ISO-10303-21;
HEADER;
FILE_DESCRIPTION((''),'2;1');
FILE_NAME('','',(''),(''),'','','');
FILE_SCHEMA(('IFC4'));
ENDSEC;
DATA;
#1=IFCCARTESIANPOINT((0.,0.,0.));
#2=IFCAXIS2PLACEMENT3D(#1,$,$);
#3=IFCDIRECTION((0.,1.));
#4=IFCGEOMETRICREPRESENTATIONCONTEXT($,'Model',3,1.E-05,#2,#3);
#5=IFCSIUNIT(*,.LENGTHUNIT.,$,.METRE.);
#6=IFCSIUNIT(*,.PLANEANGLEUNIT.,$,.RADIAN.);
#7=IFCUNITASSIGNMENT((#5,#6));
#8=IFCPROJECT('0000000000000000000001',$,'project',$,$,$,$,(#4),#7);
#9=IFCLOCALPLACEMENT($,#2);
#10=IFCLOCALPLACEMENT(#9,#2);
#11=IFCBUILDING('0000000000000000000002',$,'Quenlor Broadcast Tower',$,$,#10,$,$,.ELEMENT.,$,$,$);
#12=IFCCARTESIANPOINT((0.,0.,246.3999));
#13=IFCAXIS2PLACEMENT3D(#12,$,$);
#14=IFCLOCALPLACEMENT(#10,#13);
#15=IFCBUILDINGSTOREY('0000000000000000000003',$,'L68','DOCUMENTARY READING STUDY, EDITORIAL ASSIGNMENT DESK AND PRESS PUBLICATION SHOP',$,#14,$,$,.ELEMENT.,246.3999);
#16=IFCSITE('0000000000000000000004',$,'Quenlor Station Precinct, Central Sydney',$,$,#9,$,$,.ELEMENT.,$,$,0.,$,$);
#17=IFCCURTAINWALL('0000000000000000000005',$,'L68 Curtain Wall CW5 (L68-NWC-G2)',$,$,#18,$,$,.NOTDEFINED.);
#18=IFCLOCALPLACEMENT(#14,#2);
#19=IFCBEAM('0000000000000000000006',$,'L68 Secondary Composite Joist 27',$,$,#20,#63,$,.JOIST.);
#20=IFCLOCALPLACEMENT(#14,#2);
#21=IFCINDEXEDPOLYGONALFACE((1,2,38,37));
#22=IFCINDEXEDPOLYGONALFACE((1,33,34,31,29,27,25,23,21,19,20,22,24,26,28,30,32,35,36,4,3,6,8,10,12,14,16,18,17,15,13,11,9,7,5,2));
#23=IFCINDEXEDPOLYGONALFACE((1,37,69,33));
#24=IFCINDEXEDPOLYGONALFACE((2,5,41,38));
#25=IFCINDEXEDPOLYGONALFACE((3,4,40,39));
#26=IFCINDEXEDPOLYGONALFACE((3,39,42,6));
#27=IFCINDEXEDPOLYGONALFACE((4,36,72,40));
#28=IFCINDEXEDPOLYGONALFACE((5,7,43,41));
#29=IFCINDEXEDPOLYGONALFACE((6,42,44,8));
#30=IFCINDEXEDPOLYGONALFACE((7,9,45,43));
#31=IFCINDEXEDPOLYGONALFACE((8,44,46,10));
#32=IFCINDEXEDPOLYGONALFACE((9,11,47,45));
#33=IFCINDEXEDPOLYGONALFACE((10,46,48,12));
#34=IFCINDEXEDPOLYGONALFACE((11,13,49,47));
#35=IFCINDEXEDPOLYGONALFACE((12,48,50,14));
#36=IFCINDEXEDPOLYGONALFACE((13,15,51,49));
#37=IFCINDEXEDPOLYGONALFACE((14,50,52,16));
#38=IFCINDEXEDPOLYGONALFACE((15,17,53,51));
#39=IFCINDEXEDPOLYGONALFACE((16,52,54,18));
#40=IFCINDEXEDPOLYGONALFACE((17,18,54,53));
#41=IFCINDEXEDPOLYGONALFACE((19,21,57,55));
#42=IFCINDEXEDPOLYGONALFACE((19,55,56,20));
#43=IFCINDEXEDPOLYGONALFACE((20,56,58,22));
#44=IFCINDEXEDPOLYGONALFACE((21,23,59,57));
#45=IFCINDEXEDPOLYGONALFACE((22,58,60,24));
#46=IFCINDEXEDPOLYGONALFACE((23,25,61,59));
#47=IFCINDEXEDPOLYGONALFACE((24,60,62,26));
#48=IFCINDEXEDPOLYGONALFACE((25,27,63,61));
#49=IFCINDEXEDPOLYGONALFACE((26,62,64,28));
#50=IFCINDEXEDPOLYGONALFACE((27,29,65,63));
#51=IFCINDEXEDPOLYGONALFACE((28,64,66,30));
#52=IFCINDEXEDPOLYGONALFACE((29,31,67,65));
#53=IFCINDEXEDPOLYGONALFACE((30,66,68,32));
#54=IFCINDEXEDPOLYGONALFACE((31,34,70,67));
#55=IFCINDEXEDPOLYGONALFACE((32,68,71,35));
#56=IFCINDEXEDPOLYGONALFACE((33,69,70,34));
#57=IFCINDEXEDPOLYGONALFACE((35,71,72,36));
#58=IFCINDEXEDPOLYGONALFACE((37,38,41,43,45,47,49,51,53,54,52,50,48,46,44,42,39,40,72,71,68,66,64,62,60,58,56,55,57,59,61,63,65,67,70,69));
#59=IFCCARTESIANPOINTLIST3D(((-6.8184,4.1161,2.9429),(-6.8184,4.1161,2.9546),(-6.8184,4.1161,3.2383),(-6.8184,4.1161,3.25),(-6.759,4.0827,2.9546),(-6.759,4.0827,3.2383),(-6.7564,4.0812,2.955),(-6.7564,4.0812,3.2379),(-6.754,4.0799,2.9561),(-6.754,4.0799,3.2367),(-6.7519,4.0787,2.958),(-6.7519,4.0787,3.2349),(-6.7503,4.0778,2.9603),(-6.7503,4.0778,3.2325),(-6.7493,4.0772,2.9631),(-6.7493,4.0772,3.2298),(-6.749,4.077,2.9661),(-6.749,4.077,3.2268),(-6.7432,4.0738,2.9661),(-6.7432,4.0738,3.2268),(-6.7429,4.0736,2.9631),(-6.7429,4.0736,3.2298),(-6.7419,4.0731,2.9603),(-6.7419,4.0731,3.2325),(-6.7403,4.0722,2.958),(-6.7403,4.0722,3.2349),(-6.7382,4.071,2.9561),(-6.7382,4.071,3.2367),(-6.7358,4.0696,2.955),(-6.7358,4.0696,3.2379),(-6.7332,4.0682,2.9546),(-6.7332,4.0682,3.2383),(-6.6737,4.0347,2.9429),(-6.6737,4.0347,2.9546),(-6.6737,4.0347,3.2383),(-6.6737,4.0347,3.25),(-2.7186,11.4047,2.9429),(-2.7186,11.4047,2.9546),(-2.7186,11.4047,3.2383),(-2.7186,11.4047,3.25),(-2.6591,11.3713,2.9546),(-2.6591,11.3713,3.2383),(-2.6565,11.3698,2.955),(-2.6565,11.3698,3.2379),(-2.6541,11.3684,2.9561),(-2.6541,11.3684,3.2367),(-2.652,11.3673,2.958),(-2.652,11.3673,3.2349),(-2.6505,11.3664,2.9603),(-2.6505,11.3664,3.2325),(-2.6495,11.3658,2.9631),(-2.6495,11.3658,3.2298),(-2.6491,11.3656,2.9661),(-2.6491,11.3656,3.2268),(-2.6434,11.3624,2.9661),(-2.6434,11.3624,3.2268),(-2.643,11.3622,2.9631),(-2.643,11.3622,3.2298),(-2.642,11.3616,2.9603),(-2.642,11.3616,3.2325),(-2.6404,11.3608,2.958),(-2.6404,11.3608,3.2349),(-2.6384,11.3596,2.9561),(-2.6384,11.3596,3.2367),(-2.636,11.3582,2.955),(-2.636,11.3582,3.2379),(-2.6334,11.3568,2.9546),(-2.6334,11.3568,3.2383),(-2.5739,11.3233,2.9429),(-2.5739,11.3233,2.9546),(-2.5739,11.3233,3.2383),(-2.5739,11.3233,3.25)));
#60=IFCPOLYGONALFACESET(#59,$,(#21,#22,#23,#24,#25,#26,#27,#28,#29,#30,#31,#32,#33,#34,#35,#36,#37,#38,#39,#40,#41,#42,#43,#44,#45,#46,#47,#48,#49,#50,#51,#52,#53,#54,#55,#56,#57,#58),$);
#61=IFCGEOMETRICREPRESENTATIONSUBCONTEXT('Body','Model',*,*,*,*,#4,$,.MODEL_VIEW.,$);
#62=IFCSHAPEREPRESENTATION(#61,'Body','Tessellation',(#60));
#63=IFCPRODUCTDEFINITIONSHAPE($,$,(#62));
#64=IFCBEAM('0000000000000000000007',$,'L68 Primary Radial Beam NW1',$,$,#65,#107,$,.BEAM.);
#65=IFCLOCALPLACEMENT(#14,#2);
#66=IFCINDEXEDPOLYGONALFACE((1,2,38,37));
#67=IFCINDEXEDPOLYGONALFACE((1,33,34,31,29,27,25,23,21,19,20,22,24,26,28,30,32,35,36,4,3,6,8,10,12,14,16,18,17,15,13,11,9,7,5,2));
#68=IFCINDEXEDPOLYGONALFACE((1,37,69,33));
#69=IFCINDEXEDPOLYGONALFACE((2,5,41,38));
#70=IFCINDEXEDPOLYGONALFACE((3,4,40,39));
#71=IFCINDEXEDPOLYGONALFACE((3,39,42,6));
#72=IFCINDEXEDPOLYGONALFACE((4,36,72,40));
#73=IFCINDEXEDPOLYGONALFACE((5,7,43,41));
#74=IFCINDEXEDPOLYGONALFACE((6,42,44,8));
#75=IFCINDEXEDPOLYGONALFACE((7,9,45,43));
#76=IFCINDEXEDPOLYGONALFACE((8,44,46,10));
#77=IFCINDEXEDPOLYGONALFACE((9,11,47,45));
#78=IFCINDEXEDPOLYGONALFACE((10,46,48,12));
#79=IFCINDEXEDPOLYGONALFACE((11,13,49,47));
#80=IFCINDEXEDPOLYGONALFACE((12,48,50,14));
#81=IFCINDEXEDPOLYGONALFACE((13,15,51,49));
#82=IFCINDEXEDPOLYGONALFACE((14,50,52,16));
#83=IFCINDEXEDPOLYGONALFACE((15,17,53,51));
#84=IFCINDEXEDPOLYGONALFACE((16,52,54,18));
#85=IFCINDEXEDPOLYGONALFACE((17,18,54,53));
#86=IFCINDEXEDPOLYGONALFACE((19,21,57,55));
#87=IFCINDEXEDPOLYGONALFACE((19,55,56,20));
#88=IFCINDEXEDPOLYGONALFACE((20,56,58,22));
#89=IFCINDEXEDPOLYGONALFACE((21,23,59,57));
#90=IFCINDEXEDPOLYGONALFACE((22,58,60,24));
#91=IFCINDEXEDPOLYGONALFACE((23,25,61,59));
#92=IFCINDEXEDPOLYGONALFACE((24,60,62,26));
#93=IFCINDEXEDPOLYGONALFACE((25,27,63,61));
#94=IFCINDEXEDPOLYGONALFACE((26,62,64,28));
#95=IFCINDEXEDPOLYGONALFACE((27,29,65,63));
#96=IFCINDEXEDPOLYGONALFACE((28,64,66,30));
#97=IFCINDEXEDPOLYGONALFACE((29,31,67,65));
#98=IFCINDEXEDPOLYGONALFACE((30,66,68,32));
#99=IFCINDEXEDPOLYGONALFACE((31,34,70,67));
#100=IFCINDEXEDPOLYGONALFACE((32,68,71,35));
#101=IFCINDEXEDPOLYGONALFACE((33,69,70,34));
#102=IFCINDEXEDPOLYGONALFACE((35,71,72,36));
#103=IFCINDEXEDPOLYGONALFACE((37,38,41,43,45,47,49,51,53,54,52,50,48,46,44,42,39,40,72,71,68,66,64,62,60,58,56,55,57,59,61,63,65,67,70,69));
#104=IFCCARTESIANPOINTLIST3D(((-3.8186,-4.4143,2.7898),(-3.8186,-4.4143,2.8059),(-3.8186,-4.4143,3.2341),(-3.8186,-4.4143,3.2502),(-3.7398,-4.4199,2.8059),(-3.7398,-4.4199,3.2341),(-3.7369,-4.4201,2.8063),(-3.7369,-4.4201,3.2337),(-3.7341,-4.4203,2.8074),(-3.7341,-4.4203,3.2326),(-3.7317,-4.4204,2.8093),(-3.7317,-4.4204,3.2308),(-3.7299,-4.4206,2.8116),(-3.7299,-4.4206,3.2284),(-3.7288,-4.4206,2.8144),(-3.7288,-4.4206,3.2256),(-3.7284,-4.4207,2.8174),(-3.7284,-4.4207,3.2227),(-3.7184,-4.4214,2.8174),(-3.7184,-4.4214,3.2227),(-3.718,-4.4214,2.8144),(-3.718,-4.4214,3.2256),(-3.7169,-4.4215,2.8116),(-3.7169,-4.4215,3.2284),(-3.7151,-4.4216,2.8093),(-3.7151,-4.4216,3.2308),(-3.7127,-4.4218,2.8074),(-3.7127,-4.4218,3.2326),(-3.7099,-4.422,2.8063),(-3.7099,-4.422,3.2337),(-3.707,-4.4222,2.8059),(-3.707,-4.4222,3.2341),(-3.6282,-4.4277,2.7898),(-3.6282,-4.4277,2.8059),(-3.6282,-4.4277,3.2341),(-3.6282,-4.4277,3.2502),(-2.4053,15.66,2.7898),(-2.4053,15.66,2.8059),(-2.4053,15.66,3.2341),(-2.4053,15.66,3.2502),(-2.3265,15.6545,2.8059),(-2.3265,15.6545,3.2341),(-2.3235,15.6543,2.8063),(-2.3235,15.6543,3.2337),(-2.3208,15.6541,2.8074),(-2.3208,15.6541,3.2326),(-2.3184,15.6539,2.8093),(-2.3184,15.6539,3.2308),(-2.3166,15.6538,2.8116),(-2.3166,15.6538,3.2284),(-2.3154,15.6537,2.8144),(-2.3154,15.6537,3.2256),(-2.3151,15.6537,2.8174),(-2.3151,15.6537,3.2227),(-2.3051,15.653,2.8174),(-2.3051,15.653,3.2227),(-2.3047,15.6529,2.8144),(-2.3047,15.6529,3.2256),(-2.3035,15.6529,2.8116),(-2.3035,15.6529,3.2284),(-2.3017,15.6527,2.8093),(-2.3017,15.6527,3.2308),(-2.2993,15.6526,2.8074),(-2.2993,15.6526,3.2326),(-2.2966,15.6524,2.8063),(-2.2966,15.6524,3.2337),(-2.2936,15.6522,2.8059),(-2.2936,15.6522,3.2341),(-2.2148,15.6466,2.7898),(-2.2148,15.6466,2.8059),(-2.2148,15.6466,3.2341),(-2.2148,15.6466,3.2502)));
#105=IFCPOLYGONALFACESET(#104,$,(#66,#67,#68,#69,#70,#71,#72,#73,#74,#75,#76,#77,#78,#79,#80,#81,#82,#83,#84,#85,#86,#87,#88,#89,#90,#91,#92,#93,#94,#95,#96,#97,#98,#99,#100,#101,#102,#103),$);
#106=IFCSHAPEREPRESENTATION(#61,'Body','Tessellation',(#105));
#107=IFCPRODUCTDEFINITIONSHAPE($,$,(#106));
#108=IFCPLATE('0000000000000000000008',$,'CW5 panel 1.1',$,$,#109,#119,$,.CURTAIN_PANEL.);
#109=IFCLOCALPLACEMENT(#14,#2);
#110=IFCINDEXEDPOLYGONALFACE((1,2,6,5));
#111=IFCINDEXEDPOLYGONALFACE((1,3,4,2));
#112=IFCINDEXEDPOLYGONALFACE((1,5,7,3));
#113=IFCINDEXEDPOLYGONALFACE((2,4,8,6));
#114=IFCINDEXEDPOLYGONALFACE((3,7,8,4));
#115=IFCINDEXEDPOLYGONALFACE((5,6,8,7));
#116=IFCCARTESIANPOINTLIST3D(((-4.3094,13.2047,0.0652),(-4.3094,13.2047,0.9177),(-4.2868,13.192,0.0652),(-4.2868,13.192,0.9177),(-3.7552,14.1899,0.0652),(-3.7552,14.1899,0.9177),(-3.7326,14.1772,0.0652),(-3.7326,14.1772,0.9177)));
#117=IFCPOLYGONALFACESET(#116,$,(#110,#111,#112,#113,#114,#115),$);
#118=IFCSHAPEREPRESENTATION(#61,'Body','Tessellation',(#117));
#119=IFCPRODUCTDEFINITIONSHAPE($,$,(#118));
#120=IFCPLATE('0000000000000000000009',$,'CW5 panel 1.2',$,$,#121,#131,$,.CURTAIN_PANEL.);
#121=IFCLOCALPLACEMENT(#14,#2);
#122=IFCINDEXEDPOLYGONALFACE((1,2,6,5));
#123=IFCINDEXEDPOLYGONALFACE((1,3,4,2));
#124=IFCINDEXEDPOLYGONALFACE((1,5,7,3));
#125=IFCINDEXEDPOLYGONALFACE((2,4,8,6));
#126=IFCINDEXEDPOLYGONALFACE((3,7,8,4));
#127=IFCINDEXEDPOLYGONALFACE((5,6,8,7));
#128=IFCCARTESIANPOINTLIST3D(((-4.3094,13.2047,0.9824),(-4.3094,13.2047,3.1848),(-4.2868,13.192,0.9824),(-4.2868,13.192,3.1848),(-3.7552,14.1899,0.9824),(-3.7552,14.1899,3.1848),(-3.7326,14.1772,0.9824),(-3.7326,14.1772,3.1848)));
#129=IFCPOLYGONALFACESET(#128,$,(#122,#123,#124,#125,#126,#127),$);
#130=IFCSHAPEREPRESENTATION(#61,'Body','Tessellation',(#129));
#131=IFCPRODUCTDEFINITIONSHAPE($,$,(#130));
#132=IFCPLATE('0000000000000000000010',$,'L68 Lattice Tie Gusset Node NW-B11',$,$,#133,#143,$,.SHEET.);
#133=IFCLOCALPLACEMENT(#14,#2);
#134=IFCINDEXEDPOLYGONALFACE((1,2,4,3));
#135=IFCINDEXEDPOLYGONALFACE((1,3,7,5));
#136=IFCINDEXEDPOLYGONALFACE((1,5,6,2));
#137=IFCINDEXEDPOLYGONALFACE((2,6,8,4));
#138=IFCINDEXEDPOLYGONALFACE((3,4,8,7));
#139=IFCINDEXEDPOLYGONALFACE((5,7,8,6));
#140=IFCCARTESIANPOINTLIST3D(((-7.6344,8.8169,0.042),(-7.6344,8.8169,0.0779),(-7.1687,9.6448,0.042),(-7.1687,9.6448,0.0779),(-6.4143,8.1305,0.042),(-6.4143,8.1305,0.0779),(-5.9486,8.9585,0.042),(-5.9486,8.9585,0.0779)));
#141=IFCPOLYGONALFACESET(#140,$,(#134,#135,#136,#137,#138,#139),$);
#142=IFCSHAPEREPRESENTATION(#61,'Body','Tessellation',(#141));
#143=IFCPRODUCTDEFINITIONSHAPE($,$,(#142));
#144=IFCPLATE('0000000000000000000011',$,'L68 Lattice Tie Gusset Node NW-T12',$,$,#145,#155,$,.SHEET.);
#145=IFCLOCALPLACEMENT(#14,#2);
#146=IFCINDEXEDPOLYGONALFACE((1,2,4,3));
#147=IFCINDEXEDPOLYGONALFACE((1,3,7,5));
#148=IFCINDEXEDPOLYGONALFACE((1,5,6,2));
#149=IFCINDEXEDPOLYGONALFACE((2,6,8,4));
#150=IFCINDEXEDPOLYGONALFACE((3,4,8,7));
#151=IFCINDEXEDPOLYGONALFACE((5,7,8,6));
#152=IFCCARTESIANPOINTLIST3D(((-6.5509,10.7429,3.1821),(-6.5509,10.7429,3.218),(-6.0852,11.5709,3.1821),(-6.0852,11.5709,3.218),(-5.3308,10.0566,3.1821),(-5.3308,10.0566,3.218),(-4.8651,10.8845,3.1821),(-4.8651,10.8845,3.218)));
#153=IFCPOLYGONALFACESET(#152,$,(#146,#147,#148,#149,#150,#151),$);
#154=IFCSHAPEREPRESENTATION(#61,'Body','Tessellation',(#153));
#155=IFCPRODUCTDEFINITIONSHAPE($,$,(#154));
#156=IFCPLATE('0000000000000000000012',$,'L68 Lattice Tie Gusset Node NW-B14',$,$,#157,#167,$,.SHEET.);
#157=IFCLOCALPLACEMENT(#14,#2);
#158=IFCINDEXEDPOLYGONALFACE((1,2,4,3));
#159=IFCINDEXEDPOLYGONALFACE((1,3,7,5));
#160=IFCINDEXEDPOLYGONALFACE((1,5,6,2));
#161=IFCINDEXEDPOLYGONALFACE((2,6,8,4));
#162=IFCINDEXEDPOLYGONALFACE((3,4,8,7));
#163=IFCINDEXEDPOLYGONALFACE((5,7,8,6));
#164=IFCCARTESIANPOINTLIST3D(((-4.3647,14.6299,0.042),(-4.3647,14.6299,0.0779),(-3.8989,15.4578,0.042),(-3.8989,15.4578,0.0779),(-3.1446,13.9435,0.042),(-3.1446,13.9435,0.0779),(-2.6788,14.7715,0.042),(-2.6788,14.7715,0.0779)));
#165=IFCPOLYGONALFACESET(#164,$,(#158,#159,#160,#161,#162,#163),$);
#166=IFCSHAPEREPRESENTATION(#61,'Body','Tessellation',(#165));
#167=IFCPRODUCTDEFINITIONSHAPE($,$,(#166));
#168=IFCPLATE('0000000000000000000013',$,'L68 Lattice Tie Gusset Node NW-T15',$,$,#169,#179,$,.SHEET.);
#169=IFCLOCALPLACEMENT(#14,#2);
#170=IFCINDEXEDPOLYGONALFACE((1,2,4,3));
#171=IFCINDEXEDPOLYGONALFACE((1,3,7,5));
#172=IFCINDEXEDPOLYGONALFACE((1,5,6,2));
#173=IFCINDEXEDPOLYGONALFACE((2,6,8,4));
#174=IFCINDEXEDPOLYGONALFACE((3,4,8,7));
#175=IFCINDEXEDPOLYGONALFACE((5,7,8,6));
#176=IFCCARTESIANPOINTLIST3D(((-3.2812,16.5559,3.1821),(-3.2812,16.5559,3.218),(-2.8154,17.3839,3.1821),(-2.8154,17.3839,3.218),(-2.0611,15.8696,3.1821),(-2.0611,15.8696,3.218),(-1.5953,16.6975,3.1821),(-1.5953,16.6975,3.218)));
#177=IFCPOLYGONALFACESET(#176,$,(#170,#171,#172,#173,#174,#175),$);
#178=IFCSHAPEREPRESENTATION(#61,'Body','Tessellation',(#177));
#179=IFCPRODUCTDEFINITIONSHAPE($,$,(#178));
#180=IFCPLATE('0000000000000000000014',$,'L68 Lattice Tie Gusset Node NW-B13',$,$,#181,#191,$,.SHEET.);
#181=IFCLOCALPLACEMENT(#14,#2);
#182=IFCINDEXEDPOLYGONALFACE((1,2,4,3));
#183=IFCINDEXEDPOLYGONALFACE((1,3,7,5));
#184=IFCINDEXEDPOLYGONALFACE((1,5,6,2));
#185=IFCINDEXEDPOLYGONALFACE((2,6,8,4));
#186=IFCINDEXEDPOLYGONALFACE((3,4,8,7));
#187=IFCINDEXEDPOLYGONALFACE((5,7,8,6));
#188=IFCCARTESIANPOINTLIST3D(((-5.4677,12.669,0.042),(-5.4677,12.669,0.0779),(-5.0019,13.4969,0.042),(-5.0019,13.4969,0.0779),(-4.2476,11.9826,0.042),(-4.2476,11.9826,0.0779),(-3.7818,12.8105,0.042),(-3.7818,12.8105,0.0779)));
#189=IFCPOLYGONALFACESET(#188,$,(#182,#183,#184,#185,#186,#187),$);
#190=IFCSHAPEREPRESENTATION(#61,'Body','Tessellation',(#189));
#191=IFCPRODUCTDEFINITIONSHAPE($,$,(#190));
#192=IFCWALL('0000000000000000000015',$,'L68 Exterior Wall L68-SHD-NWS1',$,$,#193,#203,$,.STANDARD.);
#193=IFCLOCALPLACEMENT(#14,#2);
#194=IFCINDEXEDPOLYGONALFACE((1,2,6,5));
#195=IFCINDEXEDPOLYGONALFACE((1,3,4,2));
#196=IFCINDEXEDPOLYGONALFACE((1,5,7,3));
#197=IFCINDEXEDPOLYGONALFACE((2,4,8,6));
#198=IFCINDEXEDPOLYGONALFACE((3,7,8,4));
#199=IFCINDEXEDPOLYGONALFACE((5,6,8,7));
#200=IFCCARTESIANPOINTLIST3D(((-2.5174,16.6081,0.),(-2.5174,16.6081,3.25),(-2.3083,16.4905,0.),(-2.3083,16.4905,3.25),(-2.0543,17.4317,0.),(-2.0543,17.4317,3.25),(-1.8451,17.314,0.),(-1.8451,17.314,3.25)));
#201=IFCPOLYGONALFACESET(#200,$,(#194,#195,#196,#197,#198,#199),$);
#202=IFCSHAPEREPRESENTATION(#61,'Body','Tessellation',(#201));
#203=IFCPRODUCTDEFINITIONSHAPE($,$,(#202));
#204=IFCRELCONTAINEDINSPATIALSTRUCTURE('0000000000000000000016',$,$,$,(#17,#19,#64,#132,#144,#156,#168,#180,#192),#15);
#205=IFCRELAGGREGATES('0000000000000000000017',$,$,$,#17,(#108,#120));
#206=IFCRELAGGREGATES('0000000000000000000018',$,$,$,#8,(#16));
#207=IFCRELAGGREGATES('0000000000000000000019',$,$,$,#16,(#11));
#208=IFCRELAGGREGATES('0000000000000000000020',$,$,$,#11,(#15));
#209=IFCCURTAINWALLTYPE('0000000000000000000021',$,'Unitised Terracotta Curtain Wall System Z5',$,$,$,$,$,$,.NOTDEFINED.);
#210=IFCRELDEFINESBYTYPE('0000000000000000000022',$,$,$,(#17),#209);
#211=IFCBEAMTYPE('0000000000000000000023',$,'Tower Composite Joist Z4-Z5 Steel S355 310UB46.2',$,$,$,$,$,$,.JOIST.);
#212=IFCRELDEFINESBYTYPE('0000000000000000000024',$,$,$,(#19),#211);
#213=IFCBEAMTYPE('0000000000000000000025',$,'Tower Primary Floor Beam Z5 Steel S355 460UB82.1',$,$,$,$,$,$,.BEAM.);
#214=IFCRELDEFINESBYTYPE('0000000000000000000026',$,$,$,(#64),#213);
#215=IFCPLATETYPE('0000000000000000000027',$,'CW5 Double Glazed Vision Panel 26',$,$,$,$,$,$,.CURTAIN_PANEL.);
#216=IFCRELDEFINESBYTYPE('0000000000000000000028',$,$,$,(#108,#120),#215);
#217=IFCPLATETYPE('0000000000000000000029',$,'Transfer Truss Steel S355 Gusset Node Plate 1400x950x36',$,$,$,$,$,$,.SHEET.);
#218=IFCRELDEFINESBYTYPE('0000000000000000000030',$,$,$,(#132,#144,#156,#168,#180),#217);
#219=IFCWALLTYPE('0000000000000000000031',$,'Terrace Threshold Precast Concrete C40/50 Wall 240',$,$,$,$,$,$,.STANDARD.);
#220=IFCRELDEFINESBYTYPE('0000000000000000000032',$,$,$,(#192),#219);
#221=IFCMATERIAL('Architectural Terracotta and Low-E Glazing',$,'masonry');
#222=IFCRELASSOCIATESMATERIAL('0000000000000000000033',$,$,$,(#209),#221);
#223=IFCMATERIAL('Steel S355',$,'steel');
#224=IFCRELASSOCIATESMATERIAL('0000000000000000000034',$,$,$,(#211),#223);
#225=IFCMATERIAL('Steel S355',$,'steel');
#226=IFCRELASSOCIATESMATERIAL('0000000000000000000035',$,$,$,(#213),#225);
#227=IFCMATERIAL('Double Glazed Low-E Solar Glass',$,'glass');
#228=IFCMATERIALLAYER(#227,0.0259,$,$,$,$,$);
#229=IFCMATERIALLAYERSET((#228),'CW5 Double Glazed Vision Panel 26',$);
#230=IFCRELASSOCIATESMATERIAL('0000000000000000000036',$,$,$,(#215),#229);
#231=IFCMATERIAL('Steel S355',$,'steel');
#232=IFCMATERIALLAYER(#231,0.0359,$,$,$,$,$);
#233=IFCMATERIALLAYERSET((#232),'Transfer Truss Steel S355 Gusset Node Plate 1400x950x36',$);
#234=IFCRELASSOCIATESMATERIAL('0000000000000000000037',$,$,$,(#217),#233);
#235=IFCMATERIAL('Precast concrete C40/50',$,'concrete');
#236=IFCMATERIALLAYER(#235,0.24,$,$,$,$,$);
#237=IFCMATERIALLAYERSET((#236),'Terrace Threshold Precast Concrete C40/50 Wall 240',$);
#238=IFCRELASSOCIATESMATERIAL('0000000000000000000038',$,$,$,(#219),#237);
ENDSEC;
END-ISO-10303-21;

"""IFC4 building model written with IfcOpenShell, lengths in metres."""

from ifc_helpers import new_model, si_unit, direction, frame, frame_2d, origin, origin_2d, place, context, subcontext, project, spatial, rectangle, i_section, extrude, material, layer, layer_set, material_profile, profile_set, type_object, element, aggregate, save


model = new_model("IFC4")

# Units and contexts
model_context = context("Model", 3, precision=1e-05, world=origin(), true_north=direction((0.0, 1.0)))
body_context = subcontext(model_context, "Body", "Model", "MODEL_VIEW")
ifc_project = project(units=[si_unit("LENGTHUNIT", "METRE"), si_unit("PLANEANGLEUNIT", "RADIAN")], contexts=[model_context])

# Site, building, storey
site_placement = place(None, origin())
site = spatial("IfcSite", under=ifc_project, at=site_placement, Name="Quenlor Station Precinct, Central Sydney", CompositionType="ELEMENT", RefElevation=0.0)
building_placement = place(site_placement, origin())
building = spatial("IfcBuilding", under=site, at=building_placement, Name="Quenlor Broadcast Tower", CompositionType="ELEMENT")
storey_placement = place(building_placement, frame((0.0, 0.0, 246.3999)))
storey = spatial("IfcBuildingStorey", under=building, at=storey_placement, Name="L68", Description="DOCUMENTARY READING STUDY, EDITORIAL ASSIGNMENT DESK AND PRESS PUBLICATION SHOP", CompositionType="ELEMENT", Elevation=246.3999)

# Curtain wall
ifc_material_1 = material(Name="Architectural Terracotta and Low-E Glazing", Category="masonry")
curtain_wall_type = type_object("IfcCurtainWallType", Name="Unitised Terracotta Curtain Wall System Z5", PredefinedType="NOTDEFINED", material=ifc_material_1)
curtain_wall_placement = place(storey_placement, origin())
curtain_wall = element("IfcCurtainWall", 1, at=curtain_wall_placement, inside=storey, type_object=curtain_wall_type, Name="L68 Curtain Wall CW5 (L68-NWC-G2)", PredefinedType="NOTDEFINED")

# Beams
ifc_material_2 = material(Name="Steel S355", Category="steel")
ifc_material_profile_1 = material_profile(ifc_material_2, i_section(OverallWidth=0.166, OverallDepth=0.3071, WebThickness=0.0066, FlangeThickness=0.0117, FilletRadius=0.0115, at=origin_2d()))
ifc_profile_set_1 = profile_set([ifc_material_profile_1], Name="Steel S355 310UB46.2")
beam_type_1 = type_object("IfcBeamType", Name="Tower Composite Joist Z4-Z5 Steel S355 310UB46.2", PredefinedType="JOIST", material=ifc_profile_set_1)
beam_1_placement = place(storey_placement, frame((-2.6462, 11.364, 3.0964), z_axis=(-0.490264, -0.871574, 0.0), x_axis=(0.871574, -0.490264, 0.0)))
element("IfcBeam", 2, at=beam_1_placement, inside=storey, type_object=beam_type_1, Name="L68 Secondary Composite Joist 27", PredefinedType="JOIST", context=body_context, shape_type="SweptSolid", body=[
    extrude(i_section(OverallWidth=0.166, OverallDepth=0.3071, WebThickness=0.0066, FlangeThickness=0.0117, FilletRadius=0.0115, at=origin_2d()), origin(), (0.0, 0.0, 1.0), 8.3625),
])
ifc_material_3 = material(Name="Steel S355", Category="steel")
ifc_material_profile_2 = material_profile(ifc_material_3, i_section(OverallWidth=0.1909, OverallDepth=0.4604, WebThickness=0.01, FlangeThickness=0.0161, FilletRadius=0.0115, at=origin_2d()))
ifc_profile_set_2 = profile_set([ifc_material_profile_2], Name="Steel S355 460UB82.1")
beam_type_2 = type_object("IfcBeamType", Name="Tower Primary Floor Beam Z5 Steel S355 460UB82.1", PredefinedType="BEAM", material=ifc_profile_set_2)
beam_2_placement = place(storey_placement, frame((-2.3101, 15.6533, 3.02), z_axis=(-0.070231, -0.997531, 0.0), x_axis=(0.997531, -0.070231, 0.0)))
element("IfcBeam", 3, at=beam_2_placement, inside=storey, type_object=beam_type_2, Name="L68 Primary Radial Beam NW1", PredefinedType="BEAM", context=body_context, shape_type="SweptSolid", body=[
    extrude(i_section(OverallWidth=0.1909, OverallDepth=0.4604, WebThickness=0.01, FlangeThickness=0.0161, FilletRadius=0.0115, at=origin_2d()), origin(), (0.0, 0.0, 1.0), 20.124),
])

# Plates
ifc_material_4 = material(Name="Double Glazed Low-E Solar Glass", Category="glass")
ifc_layer_1 = layer(ifc_material_4, 0.0259)
ifc_layer_set_1 = layer_set([ifc_layer_1], Name="CW5 Double Glazed Vision Panel 26")
plate_type_1 = type_object("IfcPlateType", Name="CW5 Double Glazed Vision Panel 26", PredefinedType="CURTAIN_PANEL", material=ifc_layer_set_1)
plate_1_placement = place(storey_placement, frame((-4.021, 13.6909, 0.0652), z_axis=(0.0, 0.0, 1.0), x_axis=(0.490291, 0.871559, 0.0)))
plate_1 = element("IfcPlate", 4, at=plate_1_placement, type_object=plate_type_1, Name="CW5 panel 1.1", PredefinedType="CURTAIN_PANEL", context=body_context, shape_type="SweptSolid", body=[
    extrude(rectangle(XDim=1.1304, YDim=0.0259, at=origin_2d()), origin(), (0.0, 0.0, 1.0), 0.8525),
])
plate_2_placement = place(storey_placement, frame((-4.021, 13.6909, 0.9824), z_axis=(0.0, 0.0, 1.0), x_axis=(0.490291, 0.871559, 0.0)))
plate_2 = element("IfcPlate", 5, at=plate_2_placement, type_object=plate_type_1, Name="CW5 panel 1.2", PredefinedType="CURTAIN_PANEL", context=body_context, shape_type="SweptSolid", body=[
    extrude(rectangle(XDim=1.1304, YDim=0.0259, at=origin_2d()), origin(), (0.0, 0.0, 1.0), 2.2024),
])
aggregate(curtain_wall, [plate_1, plate_2])

# Plates
ifc_material_5 = material(Name="Steel S355", Category="steel")
ifc_layer_2 = layer(ifc_material_5, 0.0359)
ifc_layer_set_2 = layer_set([ifc_layer_2], Name="Transfer Truss Steel S355 Gusset Node Plate 1400x950x36")
plate_type_2 = type_object("IfcPlateType", Name="Transfer Truss Steel S355 Gusset Node Plate 1400x950x36", PredefinedType="SHEET", material=ifc_layer_set_2)
for number, where, z_axis, x_axis, name in (
    (6, (-6.7915, 8.8877, 0.042), (0.0, 0.0, 1.0), (-0.871556, 0.490295, 0.0), "L68 Lattice Tie Gusset Node NW-B11"),
    (7, (-5.708, 10.8137, 3.1821), (0.0, 0.0, 1.0), (-0.871556, 0.490295, 0.0), "L68 Lattice Tie Gusset Node NW-T12"),
    (8, (-3.5217, 14.7007, 0.042), (0.0, 0.0, 1.0), (-0.871556, 0.490295, 0.0), "L68 Lattice Tie Gusset Node NW-B14"),
    (9, (-2.4382, 16.6267, 3.1821), (0.0, 0.0, 1.0), (-0.871556, 0.490295, 0.0), "L68 Lattice Tie Gusset Node NW-T15"),
    (10, (-4.6248, 12.7397, 0.042), (0.0, 0.0, 1.0), (-0.871556, 0.490295, 0.0), "L68 Lattice Tie Gusset Node NW-B13"),
):
    element("IfcPlate", number, at=place(storey_placement, frame(where, z_axis=z_axis, x_axis=x_axis)), inside=storey, type_object=plate_type_2, Name=name, PredefinedType="SHEET", context=body_context, shape_type="SweptSolid", body=[
        extrude(rectangle(XDim=1.3999, YDim=0.95, at=origin_2d()), origin(), (0.0, 0.0, 1.0), 0.0359),
    ])

# Wall
ifc_material_6 = material(Name="Precast concrete C40/50", Category="concrete")
ifc_layer_3 = layer(ifc_material_6, 0.24)
ifc_layer_set_3 = layer_set([ifc_layer_3], Name="Terrace Threshold Precast Concrete C40/50 Wall 240")
wall_type_1 = type_object("IfcWallType", Name="Terrace Threshold Precast Concrete C40/50 Wall 240", PredefinedType="STANDARD", material=ifc_layer_set_3)
wall_1_placement = place(storey_placement, frame((-2.4128, 16.5493, 0.0), z_axis=(0.0, 0.0, 1.0), x_axis=(0.4902, 0.87161, 0.0)))
element("IfcWall", 11, at=wall_1_placement, inside=storey, type_object=wall_type_1, Name="L68 Exterior Wall L68-SHD-NWS1", PredefinedType="STANDARD", context=body_context, shape_type="SweptSolid", body=[
    extrude(rectangle(XDim=0.9448, YDim=0.24, at=frame_2d((0.4724, 0.0))), origin(), (0.0, 0.0, 1.0), 3.25),
])

save(model, "model.ifc")
